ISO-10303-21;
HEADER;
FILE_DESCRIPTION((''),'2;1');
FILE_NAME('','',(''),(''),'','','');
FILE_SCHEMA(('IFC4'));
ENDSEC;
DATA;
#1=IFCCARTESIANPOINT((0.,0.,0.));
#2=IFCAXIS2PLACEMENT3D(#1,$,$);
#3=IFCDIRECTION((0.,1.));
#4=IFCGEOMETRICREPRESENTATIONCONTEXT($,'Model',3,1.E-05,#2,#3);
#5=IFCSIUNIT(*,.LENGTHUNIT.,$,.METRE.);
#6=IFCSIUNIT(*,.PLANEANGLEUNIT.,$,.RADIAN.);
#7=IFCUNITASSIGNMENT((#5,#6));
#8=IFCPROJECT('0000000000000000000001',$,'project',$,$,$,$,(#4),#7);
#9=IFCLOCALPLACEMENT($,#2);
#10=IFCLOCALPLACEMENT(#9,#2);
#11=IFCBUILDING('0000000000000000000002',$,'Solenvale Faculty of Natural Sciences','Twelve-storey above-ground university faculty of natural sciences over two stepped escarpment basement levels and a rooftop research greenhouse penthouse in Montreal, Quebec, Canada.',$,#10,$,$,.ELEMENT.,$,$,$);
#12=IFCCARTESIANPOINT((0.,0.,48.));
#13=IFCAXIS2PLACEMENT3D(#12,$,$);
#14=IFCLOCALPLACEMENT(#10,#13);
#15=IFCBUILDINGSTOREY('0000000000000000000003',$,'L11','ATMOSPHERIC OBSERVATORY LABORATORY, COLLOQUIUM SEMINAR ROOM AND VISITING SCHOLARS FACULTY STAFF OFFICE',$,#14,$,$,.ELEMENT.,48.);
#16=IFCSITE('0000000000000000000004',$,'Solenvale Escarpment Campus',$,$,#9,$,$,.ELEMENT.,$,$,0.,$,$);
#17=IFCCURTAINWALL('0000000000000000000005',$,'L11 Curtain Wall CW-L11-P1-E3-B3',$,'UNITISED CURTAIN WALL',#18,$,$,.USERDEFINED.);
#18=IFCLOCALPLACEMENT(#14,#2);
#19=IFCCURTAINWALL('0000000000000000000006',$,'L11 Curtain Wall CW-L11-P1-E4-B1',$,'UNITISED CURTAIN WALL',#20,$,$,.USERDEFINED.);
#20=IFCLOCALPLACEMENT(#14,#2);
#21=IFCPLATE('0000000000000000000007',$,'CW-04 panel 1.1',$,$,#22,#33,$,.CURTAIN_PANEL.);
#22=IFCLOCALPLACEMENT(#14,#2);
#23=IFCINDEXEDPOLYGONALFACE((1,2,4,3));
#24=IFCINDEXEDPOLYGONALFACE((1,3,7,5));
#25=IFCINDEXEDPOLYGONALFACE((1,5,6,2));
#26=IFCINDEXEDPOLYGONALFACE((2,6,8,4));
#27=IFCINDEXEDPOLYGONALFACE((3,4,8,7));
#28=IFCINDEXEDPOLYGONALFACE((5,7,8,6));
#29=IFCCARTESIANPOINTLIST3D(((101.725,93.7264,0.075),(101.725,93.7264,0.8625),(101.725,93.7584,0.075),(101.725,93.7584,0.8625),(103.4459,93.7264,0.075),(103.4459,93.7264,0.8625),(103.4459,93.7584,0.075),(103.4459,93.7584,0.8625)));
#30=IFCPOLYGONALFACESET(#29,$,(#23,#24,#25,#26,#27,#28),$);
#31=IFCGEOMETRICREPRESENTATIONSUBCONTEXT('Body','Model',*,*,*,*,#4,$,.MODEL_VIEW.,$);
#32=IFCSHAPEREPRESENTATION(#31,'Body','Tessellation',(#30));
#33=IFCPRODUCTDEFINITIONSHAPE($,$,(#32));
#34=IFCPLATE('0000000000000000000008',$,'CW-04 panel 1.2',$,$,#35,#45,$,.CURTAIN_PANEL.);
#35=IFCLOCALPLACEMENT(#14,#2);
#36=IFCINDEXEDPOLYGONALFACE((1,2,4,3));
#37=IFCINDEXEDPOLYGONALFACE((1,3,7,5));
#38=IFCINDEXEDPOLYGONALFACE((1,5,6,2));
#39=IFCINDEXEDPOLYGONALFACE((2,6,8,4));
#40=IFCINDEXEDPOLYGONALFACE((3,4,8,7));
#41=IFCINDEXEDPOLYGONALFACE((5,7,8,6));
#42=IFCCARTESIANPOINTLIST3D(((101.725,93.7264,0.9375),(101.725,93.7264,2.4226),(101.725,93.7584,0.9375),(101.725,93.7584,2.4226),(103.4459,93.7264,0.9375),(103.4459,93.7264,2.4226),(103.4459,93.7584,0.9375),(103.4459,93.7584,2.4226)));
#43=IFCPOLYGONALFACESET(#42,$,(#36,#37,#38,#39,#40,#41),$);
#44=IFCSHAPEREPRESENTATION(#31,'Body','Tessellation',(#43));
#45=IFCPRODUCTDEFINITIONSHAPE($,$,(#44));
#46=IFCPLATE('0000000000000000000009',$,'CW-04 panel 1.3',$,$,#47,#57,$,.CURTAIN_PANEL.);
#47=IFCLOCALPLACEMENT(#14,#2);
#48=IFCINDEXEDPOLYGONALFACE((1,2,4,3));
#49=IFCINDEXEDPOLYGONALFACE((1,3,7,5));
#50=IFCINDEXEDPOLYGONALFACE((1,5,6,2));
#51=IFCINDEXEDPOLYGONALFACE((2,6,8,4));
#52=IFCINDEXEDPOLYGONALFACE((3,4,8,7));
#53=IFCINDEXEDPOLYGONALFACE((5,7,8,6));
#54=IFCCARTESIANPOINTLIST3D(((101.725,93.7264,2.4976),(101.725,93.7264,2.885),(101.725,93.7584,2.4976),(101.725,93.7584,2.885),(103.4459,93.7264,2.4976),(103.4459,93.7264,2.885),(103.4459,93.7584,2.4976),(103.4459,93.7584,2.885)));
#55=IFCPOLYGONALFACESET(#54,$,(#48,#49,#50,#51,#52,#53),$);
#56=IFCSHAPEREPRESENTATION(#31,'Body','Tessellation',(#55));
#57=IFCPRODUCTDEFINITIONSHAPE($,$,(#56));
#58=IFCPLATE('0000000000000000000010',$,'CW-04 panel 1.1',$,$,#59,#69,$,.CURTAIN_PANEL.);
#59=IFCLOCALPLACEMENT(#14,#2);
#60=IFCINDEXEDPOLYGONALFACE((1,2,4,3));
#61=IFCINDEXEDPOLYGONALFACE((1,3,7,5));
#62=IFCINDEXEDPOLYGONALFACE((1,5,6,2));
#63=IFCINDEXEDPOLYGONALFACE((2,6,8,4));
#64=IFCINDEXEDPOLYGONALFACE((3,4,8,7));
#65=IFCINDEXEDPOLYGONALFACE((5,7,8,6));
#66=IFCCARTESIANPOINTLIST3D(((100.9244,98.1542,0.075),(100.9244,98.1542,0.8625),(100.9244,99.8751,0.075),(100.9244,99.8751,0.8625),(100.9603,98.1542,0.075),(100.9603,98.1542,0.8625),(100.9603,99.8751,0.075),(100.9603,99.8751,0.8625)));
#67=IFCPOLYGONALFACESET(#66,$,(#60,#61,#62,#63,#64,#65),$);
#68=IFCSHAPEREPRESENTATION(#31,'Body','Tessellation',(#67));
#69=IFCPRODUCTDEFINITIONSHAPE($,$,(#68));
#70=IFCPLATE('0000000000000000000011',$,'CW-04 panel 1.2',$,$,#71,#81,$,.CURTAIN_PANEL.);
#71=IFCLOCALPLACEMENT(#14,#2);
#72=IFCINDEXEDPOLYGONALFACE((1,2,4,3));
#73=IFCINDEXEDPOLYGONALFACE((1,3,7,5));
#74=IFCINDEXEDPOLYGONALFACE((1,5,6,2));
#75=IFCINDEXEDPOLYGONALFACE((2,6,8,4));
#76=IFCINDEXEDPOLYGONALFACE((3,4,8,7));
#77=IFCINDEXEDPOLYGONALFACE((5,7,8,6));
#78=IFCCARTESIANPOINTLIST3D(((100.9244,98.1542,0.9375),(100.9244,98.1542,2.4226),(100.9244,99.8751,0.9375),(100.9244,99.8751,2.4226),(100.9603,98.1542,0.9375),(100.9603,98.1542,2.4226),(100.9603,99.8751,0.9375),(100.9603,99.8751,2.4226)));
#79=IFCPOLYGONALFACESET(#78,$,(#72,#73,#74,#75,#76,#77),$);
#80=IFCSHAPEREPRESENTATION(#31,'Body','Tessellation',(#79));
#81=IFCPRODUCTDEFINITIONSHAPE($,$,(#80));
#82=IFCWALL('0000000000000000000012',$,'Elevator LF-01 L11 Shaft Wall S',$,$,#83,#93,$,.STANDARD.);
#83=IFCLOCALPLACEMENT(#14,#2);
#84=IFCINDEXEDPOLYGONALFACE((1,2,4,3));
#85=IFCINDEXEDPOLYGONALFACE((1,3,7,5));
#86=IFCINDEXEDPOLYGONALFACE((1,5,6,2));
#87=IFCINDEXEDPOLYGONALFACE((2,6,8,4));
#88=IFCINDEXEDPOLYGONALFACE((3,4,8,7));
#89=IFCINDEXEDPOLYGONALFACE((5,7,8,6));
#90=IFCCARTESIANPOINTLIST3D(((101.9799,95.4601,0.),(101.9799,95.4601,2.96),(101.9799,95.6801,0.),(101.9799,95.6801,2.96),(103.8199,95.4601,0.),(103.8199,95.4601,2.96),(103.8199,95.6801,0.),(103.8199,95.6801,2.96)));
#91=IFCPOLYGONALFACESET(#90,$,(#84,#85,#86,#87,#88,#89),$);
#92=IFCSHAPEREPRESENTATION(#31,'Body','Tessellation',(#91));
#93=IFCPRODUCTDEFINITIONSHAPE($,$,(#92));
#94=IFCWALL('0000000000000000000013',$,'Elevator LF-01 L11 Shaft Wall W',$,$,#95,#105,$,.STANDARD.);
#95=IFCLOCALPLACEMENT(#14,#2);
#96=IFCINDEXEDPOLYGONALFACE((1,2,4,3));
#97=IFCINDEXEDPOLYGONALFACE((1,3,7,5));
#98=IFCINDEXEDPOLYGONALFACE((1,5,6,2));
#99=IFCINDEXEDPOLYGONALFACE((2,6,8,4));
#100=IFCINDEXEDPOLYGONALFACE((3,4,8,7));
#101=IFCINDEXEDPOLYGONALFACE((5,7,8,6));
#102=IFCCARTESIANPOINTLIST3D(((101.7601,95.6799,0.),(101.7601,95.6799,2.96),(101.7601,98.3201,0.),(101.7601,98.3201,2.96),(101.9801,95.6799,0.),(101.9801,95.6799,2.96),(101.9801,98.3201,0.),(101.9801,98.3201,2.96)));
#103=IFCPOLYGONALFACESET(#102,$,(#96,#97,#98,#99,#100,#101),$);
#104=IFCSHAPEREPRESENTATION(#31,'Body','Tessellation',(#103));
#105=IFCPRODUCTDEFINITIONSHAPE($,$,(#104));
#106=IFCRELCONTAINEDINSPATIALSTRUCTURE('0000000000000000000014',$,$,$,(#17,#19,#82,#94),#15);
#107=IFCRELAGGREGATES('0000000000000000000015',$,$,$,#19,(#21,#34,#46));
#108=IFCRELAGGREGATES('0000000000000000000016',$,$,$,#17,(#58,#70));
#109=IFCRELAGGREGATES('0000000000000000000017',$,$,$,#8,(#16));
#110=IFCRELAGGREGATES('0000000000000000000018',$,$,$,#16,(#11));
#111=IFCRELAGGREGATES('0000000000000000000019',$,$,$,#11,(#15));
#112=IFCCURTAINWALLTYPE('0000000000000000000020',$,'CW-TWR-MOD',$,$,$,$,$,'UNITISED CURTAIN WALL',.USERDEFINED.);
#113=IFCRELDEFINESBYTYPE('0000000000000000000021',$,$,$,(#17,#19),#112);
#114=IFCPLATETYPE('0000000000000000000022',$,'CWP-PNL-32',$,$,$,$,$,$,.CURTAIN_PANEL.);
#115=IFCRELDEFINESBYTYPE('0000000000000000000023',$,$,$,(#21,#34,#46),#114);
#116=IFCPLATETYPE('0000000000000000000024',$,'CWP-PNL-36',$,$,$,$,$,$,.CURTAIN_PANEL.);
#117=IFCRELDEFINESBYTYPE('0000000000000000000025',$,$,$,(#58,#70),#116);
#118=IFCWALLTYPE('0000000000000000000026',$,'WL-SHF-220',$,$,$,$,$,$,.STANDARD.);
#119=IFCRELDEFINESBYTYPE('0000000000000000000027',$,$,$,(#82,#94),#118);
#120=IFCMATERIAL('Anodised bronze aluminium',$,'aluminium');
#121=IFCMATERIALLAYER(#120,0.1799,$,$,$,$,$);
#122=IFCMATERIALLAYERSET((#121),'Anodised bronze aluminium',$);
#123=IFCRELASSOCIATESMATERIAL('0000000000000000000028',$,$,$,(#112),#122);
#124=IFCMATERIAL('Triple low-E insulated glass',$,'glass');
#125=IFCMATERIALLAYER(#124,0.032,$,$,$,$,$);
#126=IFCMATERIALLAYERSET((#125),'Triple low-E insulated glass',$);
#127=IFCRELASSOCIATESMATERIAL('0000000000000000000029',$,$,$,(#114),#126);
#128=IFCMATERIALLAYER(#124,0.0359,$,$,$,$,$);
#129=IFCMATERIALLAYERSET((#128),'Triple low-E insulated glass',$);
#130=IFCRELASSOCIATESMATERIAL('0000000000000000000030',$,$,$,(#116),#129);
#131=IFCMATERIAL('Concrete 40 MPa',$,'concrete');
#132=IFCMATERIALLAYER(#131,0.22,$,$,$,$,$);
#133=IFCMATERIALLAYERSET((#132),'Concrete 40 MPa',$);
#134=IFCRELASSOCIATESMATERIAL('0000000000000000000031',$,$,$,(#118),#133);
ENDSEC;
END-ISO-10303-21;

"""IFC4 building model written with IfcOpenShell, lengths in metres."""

from ifc_helpers import new_model, si_unit, direction, frame, frame_2d, origin, origin_2d, place, context, subcontext, project, spatial, rectangle, extrude, material, layer, layer_set, type_object, element, aggregate, save


model = new_model("IFC4")

# Units and contexts
model_context = context("Model", 3, precision=1e-05, world=origin(), true_north=direction((0.0, 1.0)))
body_context = subcontext(model_context, "Body", "Model", "MODEL_VIEW")
ifc_project = project(units=[si_unit("LENGTHUNIT", "METRE"), si_unit("PLANEANGLEUNIT", "RADIAN")], contexts=[model_context])

# Site, building, storey
site_placement = place(None, origin())
site = spatial("IfcSite", under=ifc_project, at=site_placement, Name="Solenvale Escarpment Campus", CompositionType="ELEMENT", RefElevation=0.0)
building_placement = place(site_placement, origin())
building = spatial("IfcBuilding", under=site, at=building_placement, Name="Solenvale Faculty of Natural Sciences", Description="Twelve-storey above-ground university faculty of natural sciences over two stepped escarpment basement levels and a rooftop research greenhouse penthouse in Montreal, Quebec, Canada.", CompositionType="ELEMENT")
storey_placement = place(building_placement, frame((0.0, 0.0, 48.0)))
storey = spatial("IfcBuildingStorey", under=building, at=storey_placement, Name="L11", Description="ATMOSPHERIC OBSERVATORY LABORATORY, COLLOQUIUM SEMINAR ROOM AND VISITING SCHOLARS FACULTY STAFF OFFICE", CompositionType="ELEMENT", Elevation=48.0)

# Shared definitions
ifc_material_1 = material(Name="Concrete 40 MPa", Category="concrete")

# Curtain wall
ifc_material_2 = material(Name="Anodised bronze aluminium", Category="aluminium")
ifc_layer_1 = layer(ifc_material_2, 0.1799)
ifc_layer_set_1 = layer_set([ifc_layer_1], Name="Anodised bronze aluminium")
curtain_wall_type = type_object("IfcCurtainWallType", Name="CW-TWR-MOD", ElementType="UNITISED CURTAIN WALL", PredefinedType="USERDEFINED", material=ifc_layer_set_1)
curtain_wall_1_placement = place(storey_placement, origin())
curtain_wall_1 = element("IfcCurtainWall", 1, at=curtain_wall_1_placement, inside=storey, type_object=curtain_wall_type, Name="L11 Curtain Wall CW-L11-P1-E3-B3", ObjectType="UNITISED CURTAIN WALL", PredefinedType="USERDEFINED")

# Curtain wall
curtain_wall_2_placement = place(storey_placement, origin())
curtain_wall_2 = element("IfcCurtainWall", 2, at=curtain_wall_2_placement, inside=storey, type_object=curtain_wall_type, Name="L11 Curtain Wall CW-L11-P1-E4-B1", ObjectType="UNITISED CURTAIN WALL", PredefinedType="USERDEFINED")

# Plates
ifc_material_3 = material(Name="Triple low-E insulated glass", Category="glass")
ifc_layer_2 = layer(ifc_material_3, 0.032)
ifc_layer_set_2 = layer_set([ifc_layer_2], Name="Triple low-E insulated glass")
plate_type_1 = type_object("IfcPlateType", Name="CWP-PNL-32", PredefinedType="CURTAIN_PANEL", material=ifc_layer_set_2)
plate_1_placement = place(storey_placement, frame((102.5854, 93.7424, 0.075), z_axis=(0.0, 0.0, 1.0), x_axis=(1.0, 0.0, 0.0)))
plate_1 = element("IfcPlate", 3, at=plate_1_placement, type_object=plate_type_1, Name="CW-04 panel 1.1", PredefinedType="CURTAIN_PANEL", context=body_context, shape_type="SweptSolid", body=[
    extrude(rectangle(XDim=1.7209, YDim=0.032, at=origin_2d()), origin(), (0.0, 0.0, 1.0), 0.7876),
])
plate_2_placement = place(storey_placement, frame((102.5854, 93.7424, 0.9375), z_axis=(0.0, 0.0, 1.0), x_axis=(1.0, 0.0, 0.0)))
plate_2 = element("IfcPlate", 4, at=plate_2_placement, type_object=plate_type_1, Name="CW-04 panel 1.2", PredefinedType="CURTAIN_PANEL", context=body_context, shape_type="SweptSolid", body=[
    extrude(rectangle(XDim=1.7209, YDim=0.032, at=origin_2d()), origin(), (0.0, 0.0, 1.0), 1.4851),
])
plate_3_placement = place(storey_placement, frame((102.5854, 93.7424, 2.4976), z_axis=(0.0, 0.0, 1.0), x_axis=(1.0, 0.0, 0.0)))
plate_3 = element("IfcPlate", 5, at=plate_3_placement, type_object=plate_type_1, Name="CW-04 panel 1.3", PredefinedType="CURTAIN_PANEL", context=body_context, shape_type="SweptSolid", body=[
    extrude(rectangle(XDim=1.7209, YDim=0.032, at=origin_2d()), origin(), (0.0, 0.0, 1.0), 0.3875),
])
aggregate(curtain_wall_2, [plate_1, plate_2, plate_3])
ifc_layer_3 = layer(ifc_material_3, 0.0359)
ifc_layer_set_3 = layer_set([ifc_layer_3], Name="Triple low-E insulated glass")
plate_type_2 = type_object("IfcPlateType", Name="CWP-PNL-36", PredefinedType="CURTAIN_PANEL", material=ifc_layer_set_3)
plate_4_placement = place(storey_placement, frame((100.9424, 99.0146, 0.075), z_axis=(0.0, 0.0, 1.0), x_axis=(0.0, -1.0, 0.0)))
plate_4 = element("IfcPlate", 6, at=plate_4_placement, type_object=plate_type_2, Name="CW-04 panel 1.1", PredefinedType="CURTAIN_PANEL", context=body_context, shape_type="SweptSolid", body=[
    extrude(rectangle(XDim=1.7209, YDim=0.0359, at=origin_2d()), origin(), (0.0, 0.0, 1.0), 0.7876),
])
plate_5_placement = place(storey_placement, frame((100.9424, 99.0146, 0.9375), z_axis=(0.0, 0.0, 1.0), x_axis=(0.0, -1.0, 0.0)))
plate_5 = element("IfcPlate", 7, at=plate_5_placement, type_object=plate_type_2, Name="CW-04 panel 1.2", PredefinedType="CURTAIN_PANEL", context=body_context, shape_type="SweptSolid", body=[
    extrude(rectangle(XDim=1.7209, YDim=0.0359, at=origin_2d()), origin(), (0.0, 0.0, 1.0), 1.4851),
])
aggregate(curtain_wall_1, [plate_4, plate_5])

# Wall
ifc_layer_4 = layer(ifc_material_1, 0.22)
ifc_layer_set_4 = layer_set([ifc_layer_4], Name="Concrete 40 MPa")
wall_type = type_object("IfcWallType", Name="WL-SHF-220", PredefinedType="STANDARD", material=ifc_layer_set_4)
wall_1_placement = place(storey_placement, frame((101.98, 95.5701, 0.0), z_axis=(0.0, 0.0, 1.0), x_axis=(1.0, 0.0, 0.0)))
element("IfcWall", 8, at=wall_1_placement, inside=storey, type_object=wall_type, Name="Elevator LF-01 L11 Shaft Wall S", PredefinedType="STANDARD", context=body_context, shape_type="SweptSolid", body=[
    extrude(rectangle(XDim=1.8401, YDim=0.22, at=frame_2d((0.9199, 0.0))), origin(), (0.0, 0.0, 1.0), 2.96),
])

# Wall
wall_2_placement = place(storey_placement, frame((101.8701, 95.6799, 0.0), z_axis=(0.0, 0.0, 1.0), x_axis=(0.0, 1.0, 0.0)))
element("IfcWall", 9, at=wall_2_placement, inside=storey, type_object=wall_type, Name="Elevator LF-01 L11 Shaft Wall W", PredefinedType="STANDARD", context=body_context, shape_type="SweptSolid", body=[
    extrude(rectangle(XDim=2.6401, YDim=0.22, at=frame_2d((1.3201, 0.0))), origin(), (0.0, 0.0, 1.0), 2.96),
])

save(model, "model.ifc")
